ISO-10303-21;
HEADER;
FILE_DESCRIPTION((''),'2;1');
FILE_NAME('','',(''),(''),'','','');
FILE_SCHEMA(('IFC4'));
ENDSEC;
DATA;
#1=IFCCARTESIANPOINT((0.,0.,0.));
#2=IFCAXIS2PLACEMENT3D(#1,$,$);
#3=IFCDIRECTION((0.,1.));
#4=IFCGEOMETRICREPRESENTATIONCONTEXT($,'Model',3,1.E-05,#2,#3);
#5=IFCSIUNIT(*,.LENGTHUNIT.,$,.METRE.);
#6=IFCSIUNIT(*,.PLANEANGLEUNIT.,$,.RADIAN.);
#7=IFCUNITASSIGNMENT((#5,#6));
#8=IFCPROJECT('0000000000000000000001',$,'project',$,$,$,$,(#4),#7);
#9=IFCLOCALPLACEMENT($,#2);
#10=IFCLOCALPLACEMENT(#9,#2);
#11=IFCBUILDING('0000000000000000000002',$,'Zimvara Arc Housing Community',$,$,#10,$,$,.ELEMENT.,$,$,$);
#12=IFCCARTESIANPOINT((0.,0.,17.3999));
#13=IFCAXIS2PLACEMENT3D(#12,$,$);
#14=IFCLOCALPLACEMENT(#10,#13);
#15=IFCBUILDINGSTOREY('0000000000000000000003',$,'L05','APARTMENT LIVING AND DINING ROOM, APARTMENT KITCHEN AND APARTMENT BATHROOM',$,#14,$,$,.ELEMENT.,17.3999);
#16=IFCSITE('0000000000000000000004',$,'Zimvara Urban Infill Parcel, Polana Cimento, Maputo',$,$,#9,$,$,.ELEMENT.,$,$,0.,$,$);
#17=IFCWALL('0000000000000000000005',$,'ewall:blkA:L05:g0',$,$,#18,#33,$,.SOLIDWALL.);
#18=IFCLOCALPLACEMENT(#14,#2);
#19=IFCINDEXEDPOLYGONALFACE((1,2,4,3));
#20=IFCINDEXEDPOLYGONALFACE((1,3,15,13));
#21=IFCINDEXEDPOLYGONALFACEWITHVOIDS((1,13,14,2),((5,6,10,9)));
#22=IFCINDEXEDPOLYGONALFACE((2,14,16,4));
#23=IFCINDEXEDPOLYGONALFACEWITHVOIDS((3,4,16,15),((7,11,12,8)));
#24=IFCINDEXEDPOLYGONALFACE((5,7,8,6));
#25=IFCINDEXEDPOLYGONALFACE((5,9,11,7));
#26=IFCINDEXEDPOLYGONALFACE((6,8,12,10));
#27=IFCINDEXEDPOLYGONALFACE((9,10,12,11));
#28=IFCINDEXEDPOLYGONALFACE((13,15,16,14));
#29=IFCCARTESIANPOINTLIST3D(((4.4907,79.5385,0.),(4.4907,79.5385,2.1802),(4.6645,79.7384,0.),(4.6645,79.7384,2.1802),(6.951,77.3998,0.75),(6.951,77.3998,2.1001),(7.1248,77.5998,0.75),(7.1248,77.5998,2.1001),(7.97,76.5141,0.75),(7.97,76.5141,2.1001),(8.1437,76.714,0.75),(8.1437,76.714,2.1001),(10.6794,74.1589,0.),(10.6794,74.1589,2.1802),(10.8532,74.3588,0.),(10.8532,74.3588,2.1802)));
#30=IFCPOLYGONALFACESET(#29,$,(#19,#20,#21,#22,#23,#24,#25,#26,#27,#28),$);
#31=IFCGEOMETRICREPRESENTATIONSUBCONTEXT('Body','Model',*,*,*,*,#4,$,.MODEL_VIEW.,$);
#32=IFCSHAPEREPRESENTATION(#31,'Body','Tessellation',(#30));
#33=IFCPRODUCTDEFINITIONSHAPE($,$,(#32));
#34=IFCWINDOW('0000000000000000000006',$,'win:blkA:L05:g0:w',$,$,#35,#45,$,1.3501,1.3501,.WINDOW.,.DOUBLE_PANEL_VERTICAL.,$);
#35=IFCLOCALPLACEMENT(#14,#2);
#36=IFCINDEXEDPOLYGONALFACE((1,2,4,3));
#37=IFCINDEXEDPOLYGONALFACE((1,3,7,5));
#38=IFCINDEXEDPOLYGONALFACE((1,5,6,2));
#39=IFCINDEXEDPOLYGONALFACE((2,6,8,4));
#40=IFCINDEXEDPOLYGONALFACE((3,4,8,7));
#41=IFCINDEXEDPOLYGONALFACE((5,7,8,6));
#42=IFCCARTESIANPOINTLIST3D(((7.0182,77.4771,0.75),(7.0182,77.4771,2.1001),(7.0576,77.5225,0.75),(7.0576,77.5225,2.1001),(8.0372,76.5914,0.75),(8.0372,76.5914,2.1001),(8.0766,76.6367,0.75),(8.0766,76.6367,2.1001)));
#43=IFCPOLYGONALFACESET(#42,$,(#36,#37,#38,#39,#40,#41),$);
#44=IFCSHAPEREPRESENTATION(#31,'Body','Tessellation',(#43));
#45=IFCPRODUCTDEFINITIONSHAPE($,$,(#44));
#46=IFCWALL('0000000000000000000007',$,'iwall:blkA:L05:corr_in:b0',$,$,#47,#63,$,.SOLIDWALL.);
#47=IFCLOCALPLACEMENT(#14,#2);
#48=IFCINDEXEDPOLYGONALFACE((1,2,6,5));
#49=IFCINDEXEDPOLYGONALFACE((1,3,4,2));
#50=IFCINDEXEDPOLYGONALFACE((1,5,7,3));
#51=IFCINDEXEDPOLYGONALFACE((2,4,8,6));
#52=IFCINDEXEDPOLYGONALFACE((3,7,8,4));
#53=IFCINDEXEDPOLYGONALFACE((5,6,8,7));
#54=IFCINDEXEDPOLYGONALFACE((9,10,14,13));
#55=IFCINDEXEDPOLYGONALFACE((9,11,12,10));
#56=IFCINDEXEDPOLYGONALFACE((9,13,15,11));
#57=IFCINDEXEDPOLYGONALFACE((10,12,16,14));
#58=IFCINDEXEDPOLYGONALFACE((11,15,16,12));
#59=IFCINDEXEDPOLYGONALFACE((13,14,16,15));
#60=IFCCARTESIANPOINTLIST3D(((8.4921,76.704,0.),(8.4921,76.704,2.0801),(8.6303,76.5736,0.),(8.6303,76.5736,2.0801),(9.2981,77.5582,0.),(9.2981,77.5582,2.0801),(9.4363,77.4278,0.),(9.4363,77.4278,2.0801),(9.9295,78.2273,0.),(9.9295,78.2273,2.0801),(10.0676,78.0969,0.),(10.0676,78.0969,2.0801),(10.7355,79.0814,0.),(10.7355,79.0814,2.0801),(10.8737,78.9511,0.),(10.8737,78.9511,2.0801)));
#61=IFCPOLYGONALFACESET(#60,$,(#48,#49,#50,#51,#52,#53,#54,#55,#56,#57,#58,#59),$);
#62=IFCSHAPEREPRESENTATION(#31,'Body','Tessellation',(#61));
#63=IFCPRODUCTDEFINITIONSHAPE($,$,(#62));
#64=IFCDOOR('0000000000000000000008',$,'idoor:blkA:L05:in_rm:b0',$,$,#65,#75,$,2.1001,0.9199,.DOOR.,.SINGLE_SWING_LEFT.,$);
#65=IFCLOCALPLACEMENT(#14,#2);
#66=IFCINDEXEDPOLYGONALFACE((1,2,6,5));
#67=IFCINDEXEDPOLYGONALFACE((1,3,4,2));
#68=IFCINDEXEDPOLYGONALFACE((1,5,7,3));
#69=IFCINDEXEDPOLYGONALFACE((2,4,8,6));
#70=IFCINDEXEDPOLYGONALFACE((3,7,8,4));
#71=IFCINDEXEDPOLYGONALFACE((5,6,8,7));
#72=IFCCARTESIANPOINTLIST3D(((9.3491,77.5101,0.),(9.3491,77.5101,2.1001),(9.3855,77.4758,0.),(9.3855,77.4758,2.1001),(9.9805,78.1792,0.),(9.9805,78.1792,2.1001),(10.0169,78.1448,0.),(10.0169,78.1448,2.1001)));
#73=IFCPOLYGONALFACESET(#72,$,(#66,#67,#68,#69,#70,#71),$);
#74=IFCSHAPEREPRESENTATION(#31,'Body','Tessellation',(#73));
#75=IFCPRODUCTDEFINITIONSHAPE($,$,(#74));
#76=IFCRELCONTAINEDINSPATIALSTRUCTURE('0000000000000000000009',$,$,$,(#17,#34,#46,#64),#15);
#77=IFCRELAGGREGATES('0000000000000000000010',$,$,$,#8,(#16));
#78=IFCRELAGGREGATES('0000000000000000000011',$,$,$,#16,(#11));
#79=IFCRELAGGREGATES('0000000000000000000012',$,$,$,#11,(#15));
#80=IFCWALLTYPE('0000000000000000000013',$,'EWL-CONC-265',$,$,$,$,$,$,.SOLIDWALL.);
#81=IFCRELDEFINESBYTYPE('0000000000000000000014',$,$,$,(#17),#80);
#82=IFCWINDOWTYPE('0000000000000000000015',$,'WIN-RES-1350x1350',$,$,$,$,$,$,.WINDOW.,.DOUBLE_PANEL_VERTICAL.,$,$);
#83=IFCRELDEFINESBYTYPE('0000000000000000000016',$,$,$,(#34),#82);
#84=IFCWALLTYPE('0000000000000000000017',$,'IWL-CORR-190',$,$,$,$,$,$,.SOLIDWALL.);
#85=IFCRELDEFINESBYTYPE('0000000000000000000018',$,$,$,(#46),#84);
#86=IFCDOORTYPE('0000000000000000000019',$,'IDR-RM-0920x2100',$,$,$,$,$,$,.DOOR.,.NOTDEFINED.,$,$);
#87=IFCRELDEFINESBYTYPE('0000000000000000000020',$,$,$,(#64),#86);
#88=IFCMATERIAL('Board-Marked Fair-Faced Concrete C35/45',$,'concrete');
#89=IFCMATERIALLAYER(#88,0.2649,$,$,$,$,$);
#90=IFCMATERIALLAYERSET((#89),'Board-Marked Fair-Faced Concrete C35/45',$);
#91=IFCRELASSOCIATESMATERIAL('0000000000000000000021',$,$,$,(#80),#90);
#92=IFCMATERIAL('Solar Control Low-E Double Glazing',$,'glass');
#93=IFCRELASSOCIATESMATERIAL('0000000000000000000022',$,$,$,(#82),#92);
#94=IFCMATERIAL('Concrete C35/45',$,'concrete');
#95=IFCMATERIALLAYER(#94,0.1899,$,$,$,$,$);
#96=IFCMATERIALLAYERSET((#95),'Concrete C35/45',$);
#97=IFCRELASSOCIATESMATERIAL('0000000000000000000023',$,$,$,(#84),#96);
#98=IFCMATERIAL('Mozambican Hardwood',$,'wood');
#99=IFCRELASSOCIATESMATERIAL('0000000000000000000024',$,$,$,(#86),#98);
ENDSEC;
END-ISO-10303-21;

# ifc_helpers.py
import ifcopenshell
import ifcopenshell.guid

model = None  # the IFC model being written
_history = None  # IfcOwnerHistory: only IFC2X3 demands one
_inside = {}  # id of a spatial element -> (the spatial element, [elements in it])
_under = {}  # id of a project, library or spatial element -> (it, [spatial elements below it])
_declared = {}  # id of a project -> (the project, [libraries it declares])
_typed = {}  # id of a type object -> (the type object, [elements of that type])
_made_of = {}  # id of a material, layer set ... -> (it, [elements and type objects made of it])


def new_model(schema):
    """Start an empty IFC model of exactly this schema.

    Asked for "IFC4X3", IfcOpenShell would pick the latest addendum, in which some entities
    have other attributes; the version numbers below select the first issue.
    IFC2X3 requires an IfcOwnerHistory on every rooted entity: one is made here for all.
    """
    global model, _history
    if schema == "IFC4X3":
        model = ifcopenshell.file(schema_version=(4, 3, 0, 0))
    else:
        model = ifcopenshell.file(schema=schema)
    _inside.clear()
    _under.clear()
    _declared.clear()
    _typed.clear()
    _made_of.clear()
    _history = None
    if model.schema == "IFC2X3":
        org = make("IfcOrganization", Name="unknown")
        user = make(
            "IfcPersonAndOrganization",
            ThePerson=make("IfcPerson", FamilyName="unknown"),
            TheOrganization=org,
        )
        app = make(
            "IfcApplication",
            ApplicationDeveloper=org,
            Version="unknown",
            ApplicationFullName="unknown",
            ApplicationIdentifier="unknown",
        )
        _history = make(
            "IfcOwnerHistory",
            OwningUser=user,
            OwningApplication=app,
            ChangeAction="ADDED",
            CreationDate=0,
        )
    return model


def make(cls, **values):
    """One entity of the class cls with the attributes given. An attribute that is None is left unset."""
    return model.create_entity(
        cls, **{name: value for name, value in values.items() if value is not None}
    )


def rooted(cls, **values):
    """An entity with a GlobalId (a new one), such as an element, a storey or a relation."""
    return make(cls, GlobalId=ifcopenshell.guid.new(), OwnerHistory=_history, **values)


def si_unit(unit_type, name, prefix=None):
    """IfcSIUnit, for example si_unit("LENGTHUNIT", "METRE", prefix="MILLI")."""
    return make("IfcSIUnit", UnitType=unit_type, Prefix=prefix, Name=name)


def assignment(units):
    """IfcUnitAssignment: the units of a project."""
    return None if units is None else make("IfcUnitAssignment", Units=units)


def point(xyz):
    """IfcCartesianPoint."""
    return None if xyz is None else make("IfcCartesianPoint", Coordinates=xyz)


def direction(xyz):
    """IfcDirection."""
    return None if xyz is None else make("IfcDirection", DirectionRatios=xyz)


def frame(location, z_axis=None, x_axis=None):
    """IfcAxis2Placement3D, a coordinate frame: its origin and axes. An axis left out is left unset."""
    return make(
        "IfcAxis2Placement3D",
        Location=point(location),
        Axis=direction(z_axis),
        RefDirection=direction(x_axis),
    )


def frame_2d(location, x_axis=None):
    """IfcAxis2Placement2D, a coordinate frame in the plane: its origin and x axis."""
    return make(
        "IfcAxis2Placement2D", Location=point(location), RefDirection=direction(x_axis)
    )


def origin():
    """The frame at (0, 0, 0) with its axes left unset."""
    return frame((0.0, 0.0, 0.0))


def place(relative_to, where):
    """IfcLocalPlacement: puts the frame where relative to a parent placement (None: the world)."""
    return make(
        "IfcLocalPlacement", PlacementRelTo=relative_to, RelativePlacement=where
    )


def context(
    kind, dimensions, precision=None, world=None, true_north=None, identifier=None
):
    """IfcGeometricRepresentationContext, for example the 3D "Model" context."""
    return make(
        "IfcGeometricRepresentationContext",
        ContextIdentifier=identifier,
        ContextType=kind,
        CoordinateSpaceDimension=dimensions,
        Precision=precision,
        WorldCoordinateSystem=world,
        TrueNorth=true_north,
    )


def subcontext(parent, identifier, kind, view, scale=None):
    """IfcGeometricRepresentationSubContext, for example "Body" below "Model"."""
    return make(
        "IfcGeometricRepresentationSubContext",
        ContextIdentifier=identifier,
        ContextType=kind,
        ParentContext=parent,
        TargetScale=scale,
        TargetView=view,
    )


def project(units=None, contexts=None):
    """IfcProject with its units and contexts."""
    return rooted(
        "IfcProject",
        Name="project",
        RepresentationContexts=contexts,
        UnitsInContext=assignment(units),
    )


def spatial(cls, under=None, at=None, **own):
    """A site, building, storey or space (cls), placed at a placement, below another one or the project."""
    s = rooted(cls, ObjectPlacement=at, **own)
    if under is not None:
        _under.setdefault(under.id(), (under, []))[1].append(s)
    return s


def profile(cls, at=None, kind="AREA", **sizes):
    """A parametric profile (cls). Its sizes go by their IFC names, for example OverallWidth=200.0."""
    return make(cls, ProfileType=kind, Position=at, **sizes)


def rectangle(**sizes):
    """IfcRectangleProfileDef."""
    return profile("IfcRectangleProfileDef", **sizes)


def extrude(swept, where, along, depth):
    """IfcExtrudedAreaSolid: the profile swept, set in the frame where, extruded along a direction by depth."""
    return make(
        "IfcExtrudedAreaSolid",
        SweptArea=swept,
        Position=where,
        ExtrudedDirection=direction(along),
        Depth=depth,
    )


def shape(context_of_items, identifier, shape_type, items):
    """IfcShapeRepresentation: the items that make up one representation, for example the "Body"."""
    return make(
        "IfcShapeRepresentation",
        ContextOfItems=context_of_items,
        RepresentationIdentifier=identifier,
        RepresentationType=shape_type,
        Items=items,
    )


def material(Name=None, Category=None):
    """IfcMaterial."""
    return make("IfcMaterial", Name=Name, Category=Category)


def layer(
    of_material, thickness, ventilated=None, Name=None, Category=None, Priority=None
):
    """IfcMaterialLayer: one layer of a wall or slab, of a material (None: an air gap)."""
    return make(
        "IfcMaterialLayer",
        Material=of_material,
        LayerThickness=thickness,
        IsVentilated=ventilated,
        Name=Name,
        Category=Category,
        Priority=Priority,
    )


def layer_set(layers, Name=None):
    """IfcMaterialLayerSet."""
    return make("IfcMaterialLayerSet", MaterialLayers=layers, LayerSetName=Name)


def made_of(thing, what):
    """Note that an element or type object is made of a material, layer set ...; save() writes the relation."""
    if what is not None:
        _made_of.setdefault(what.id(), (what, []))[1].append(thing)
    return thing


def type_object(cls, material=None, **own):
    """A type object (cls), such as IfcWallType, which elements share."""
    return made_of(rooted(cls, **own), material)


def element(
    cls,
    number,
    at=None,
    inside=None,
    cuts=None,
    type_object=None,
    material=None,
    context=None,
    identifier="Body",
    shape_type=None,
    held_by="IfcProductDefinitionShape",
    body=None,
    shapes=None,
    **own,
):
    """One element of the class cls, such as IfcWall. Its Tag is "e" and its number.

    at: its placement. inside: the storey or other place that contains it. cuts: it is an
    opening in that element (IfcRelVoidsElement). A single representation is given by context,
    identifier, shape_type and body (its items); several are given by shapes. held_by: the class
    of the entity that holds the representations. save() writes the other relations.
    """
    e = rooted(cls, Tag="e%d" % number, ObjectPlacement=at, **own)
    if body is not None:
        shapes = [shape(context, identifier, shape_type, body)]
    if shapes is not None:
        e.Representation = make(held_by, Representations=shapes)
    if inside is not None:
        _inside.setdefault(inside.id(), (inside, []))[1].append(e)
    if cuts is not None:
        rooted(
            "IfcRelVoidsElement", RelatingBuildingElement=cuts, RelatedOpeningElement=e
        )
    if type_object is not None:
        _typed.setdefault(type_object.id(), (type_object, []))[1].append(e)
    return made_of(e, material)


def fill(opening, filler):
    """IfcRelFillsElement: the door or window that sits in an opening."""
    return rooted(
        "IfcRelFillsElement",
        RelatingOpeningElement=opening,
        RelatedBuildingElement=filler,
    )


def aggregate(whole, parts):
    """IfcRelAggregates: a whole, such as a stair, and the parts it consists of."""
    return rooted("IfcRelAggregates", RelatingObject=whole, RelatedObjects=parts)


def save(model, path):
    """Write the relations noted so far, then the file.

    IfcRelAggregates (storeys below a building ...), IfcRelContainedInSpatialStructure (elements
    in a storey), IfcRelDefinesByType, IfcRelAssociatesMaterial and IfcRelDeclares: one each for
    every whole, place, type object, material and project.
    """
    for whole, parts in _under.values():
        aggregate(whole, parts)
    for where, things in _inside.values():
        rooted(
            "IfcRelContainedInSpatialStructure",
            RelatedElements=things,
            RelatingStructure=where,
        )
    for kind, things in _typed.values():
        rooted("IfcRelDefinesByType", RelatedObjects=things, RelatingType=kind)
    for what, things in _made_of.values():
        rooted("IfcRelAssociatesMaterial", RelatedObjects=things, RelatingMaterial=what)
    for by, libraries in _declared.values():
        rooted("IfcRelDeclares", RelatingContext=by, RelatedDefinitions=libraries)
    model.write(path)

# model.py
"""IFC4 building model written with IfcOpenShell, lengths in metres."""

from ifc_helpers import new_model, si_unit, direction, frame, frame_2d, origin, place, context, subcontext, project, spatial, rectangle, extrude, material, layer, layer_set, type_object, element, fill, save


model = new_model("IFC4")

# Units and contexts
model_context = context("Model", 3, precision=1e-05, world=origin(), true_north=direction((0.0, 1.0)))
body_context = subcontext(model_context, "Body", "Model", "MODEL_VIEW")
ifc_project = project(units=[si_unit("LENGTHUNIT", "METRE"), si_unit("PLANEANGLEUNIT", "RADIAN")], contexts=[model_context])

# Site, building, storey
site_placement = place(None, origin())
site = spatial("IfcSite", under=ifc_project, at=site_placement, Name="Zimvara Urban Infill Parcel, Polana Cimento, Maputo", CompositionType="ELEMENT", RefElevation=0.0)
building_placement = place(site_placement, origin())
building = spatial("IfcBuilding", under=site, at=building_placement, Name="Zimvara Arc Housing Community", CompositionType="ELEMENT")
storey_placement = place(building_placement, frame((0.0, 0.0, 17.3999)))
storey = spatial("IfcBuildingStorey", under=building, at=storey_placement, Name="L05", Description="APARTMENT LIVING AND DINING ROOM, APARTMENT KITCHEN AND APARTMENT BATHROOM", CompositionType="ELEMENT", Elevation=17.3999)

# Wall, opening, window
ifc_material_1 = material(Name="Board-Marked Fair-Faced Concrete C35/45", Category="concrete")
ifc_layer_1 = layer(ifc_material_1, 0.2649)
ifc_layer_set_1 = layer_set([ifc_layer_1], Name="Board-Marked Fair-Faced Concrete C35/45")
wall_type_1 = type_object("IfcWallType", Name="EWL-CONC-265", PredefinedType="SOLIDWALL", material=ifc_layer_set_1)
wall_1_placement = place(storey_placement, frame((10.7664, 74.2588, 0.0), z_axis=(0.0, 0.0, 1.0), x_axis=(-0.754718, 0.65605, 0.0)))
wall_1 = element("IfcWall", 1, at=wall_1_placement, inside=storey, type_object=wall_type_1, Name="ewall:blkA:L05:g0", PredefinedType="SOLIDWALL", context=body_context, shape_type="SweptSolid", body=[
    extrude(rectangle(XDim=8.2, YDim=0.2649, at=frame_2d((4.1001, 0.0))), origin(), (0.0, 0.0, 1.0), 2.1802),
])
opening_1_placement = place(wall_1_placement, frame((3.5901, 0.0, 0.75)))
opening_1 = element("IfcOpeningElement", 2, at=opening_1_placement, cuts=wall_1, PredefinedType="OPENING", context=body_context, shape_type="SweptSolid", body=[
    extrude(rectangle(XDim=1.3501, YDim=1.3501, at=frame_2d((0.675, 0.675))), frame((0.0, 0.1423, 0.0), z_axis=(0.0, -1.0, 0.0), x_axis=(1.0, 0.0, 0.0)), (0.0, 0.0, 1.0), 0.2849),
])
ifc_material_2 = material(Name="Solar Control Low-E Double Glazing", Category="glass")
window_type = type_object("IfcWindowType", Name="WIN-RES-1350x1350", PartitioningType="DOUBLE_PANEL_VERTICAL", PredefinedType="WINDOW", material=ifc_material_2)
window_placement = place(opening_1_placement, origin())
window = element("IfcWindow", 3, at=window_placement, inside=storey, type_object=window_type, Name="win:blkA:L05:g0:w", OverallHeight=1.3501, OverallWidth=1.3501, PartitioningType="DOUBLE_PANEL_VERTICAL", PredefinedType="WINDOW", context=body_context, shape_type="SweptSolid", body=[
    extrude(rectangle(XDim=1.3501, YDim=1.3501, at=frame_2d((0.675, 0.675))), frame((0.0, 0.03, 0.0), z_axis=(0.0, -1.0, 0.0), x_axis=(1.0, 0.0, 0.0)), (0.0, 0.0, 1.0), 0.0601),
])
fill(opening_1, window)

# Wall, opening, door
ifc_material_3 = material(Name="Concrete C35/45", Category="concrete")
ifc_layer_2 = layer(ifc_material_3, 0.1899)
ifc_layer_set_2 = layer_set([ifc_layer_2], Name="Concrete C35/45")
wall_type_2 = type_object("IfcWallType", Name="IWL-CORR-190", PredefinedType="SOLIDWALL", material=ifc_layer_set_2)
wall_2_placement = place(storey_placement, frame((8.5613, 76.6389, 0.0), z_axis=(0.0, 0.0, 1.0), x_axis=(0.686308, 0.727311, 0.0)))
wall_2 = element("IfcWall", 4, at=wall_2_placement, inside=storey, type_object=wall_type_2, Name="iwall:blkA:L05:corr_in:b0", PredefinedType="SOLIDWALL", context=body_context, shape_type="SweptSolid", body=[
    extrude(rectangle(XDim=3.2688, YDim=0.1899, at=frame_2d((1.6343, 0.0))), origin(), (0.0, 0.0, 1.0), 2.0801),
])
opening_2_placement = place(wall_2_placement, frame((1.1743, 0.0, 0.0)))
opening_2 = element("IfcOpeningElement", 5, at=opening_2_placement, cuts=wall_2, PredefinedType="OPENING", context=body_context, shape_type="SweptSolid", body=[
    extrude(rectangle(XDim=0.9199, YDim=2.1001, at=frame_2d((0.46, 1.05))), frame((0.0, 0.105, 0.0), z_axis=(0.0, -1.0, 0.0), x_axis=(1.0, 0.0, 0.0)), (0.0, 0.0, 1.0), 0.21),
])
ifc_material_4 = material(Name="Mozambican Hardwood", Category="wood")
door_type_1 = type_object("IfcDoorType", Name="IDR-RM-0920x2100", OperationType="NOTDEFINED", PredefinedType="DOOR", material=ifc_material_4)
door_1_placement = place(opening_2_placement, origin())
door_1 = element("IfcDoor", 6, at=door_1_placement, inside=storey, type_object=door_type_1, Name="idoor:blkA:L05:in_rm:b0", OperationType="SINGLE_SWING_LEFT", OverallHeight=2.1001, OverallWidth=0.9199, PredefinedType="DOOR", context=body_context, shape_type="SweptSolid", body=[
    extrude(rectangle(XDim=0.9199, YDim=2.1001, at=frame_2d((0.46, 1.05))), frame((0.0, 0.0249, 0.0), z_axis=(0.0, -1.0, 0.0), x_axis=(1.0, 0.0, 0.0)), (0.0, 0.0, 1.0), 0.05),
])
fill(opening_2, door_1)

save(model, "model.ifc")
